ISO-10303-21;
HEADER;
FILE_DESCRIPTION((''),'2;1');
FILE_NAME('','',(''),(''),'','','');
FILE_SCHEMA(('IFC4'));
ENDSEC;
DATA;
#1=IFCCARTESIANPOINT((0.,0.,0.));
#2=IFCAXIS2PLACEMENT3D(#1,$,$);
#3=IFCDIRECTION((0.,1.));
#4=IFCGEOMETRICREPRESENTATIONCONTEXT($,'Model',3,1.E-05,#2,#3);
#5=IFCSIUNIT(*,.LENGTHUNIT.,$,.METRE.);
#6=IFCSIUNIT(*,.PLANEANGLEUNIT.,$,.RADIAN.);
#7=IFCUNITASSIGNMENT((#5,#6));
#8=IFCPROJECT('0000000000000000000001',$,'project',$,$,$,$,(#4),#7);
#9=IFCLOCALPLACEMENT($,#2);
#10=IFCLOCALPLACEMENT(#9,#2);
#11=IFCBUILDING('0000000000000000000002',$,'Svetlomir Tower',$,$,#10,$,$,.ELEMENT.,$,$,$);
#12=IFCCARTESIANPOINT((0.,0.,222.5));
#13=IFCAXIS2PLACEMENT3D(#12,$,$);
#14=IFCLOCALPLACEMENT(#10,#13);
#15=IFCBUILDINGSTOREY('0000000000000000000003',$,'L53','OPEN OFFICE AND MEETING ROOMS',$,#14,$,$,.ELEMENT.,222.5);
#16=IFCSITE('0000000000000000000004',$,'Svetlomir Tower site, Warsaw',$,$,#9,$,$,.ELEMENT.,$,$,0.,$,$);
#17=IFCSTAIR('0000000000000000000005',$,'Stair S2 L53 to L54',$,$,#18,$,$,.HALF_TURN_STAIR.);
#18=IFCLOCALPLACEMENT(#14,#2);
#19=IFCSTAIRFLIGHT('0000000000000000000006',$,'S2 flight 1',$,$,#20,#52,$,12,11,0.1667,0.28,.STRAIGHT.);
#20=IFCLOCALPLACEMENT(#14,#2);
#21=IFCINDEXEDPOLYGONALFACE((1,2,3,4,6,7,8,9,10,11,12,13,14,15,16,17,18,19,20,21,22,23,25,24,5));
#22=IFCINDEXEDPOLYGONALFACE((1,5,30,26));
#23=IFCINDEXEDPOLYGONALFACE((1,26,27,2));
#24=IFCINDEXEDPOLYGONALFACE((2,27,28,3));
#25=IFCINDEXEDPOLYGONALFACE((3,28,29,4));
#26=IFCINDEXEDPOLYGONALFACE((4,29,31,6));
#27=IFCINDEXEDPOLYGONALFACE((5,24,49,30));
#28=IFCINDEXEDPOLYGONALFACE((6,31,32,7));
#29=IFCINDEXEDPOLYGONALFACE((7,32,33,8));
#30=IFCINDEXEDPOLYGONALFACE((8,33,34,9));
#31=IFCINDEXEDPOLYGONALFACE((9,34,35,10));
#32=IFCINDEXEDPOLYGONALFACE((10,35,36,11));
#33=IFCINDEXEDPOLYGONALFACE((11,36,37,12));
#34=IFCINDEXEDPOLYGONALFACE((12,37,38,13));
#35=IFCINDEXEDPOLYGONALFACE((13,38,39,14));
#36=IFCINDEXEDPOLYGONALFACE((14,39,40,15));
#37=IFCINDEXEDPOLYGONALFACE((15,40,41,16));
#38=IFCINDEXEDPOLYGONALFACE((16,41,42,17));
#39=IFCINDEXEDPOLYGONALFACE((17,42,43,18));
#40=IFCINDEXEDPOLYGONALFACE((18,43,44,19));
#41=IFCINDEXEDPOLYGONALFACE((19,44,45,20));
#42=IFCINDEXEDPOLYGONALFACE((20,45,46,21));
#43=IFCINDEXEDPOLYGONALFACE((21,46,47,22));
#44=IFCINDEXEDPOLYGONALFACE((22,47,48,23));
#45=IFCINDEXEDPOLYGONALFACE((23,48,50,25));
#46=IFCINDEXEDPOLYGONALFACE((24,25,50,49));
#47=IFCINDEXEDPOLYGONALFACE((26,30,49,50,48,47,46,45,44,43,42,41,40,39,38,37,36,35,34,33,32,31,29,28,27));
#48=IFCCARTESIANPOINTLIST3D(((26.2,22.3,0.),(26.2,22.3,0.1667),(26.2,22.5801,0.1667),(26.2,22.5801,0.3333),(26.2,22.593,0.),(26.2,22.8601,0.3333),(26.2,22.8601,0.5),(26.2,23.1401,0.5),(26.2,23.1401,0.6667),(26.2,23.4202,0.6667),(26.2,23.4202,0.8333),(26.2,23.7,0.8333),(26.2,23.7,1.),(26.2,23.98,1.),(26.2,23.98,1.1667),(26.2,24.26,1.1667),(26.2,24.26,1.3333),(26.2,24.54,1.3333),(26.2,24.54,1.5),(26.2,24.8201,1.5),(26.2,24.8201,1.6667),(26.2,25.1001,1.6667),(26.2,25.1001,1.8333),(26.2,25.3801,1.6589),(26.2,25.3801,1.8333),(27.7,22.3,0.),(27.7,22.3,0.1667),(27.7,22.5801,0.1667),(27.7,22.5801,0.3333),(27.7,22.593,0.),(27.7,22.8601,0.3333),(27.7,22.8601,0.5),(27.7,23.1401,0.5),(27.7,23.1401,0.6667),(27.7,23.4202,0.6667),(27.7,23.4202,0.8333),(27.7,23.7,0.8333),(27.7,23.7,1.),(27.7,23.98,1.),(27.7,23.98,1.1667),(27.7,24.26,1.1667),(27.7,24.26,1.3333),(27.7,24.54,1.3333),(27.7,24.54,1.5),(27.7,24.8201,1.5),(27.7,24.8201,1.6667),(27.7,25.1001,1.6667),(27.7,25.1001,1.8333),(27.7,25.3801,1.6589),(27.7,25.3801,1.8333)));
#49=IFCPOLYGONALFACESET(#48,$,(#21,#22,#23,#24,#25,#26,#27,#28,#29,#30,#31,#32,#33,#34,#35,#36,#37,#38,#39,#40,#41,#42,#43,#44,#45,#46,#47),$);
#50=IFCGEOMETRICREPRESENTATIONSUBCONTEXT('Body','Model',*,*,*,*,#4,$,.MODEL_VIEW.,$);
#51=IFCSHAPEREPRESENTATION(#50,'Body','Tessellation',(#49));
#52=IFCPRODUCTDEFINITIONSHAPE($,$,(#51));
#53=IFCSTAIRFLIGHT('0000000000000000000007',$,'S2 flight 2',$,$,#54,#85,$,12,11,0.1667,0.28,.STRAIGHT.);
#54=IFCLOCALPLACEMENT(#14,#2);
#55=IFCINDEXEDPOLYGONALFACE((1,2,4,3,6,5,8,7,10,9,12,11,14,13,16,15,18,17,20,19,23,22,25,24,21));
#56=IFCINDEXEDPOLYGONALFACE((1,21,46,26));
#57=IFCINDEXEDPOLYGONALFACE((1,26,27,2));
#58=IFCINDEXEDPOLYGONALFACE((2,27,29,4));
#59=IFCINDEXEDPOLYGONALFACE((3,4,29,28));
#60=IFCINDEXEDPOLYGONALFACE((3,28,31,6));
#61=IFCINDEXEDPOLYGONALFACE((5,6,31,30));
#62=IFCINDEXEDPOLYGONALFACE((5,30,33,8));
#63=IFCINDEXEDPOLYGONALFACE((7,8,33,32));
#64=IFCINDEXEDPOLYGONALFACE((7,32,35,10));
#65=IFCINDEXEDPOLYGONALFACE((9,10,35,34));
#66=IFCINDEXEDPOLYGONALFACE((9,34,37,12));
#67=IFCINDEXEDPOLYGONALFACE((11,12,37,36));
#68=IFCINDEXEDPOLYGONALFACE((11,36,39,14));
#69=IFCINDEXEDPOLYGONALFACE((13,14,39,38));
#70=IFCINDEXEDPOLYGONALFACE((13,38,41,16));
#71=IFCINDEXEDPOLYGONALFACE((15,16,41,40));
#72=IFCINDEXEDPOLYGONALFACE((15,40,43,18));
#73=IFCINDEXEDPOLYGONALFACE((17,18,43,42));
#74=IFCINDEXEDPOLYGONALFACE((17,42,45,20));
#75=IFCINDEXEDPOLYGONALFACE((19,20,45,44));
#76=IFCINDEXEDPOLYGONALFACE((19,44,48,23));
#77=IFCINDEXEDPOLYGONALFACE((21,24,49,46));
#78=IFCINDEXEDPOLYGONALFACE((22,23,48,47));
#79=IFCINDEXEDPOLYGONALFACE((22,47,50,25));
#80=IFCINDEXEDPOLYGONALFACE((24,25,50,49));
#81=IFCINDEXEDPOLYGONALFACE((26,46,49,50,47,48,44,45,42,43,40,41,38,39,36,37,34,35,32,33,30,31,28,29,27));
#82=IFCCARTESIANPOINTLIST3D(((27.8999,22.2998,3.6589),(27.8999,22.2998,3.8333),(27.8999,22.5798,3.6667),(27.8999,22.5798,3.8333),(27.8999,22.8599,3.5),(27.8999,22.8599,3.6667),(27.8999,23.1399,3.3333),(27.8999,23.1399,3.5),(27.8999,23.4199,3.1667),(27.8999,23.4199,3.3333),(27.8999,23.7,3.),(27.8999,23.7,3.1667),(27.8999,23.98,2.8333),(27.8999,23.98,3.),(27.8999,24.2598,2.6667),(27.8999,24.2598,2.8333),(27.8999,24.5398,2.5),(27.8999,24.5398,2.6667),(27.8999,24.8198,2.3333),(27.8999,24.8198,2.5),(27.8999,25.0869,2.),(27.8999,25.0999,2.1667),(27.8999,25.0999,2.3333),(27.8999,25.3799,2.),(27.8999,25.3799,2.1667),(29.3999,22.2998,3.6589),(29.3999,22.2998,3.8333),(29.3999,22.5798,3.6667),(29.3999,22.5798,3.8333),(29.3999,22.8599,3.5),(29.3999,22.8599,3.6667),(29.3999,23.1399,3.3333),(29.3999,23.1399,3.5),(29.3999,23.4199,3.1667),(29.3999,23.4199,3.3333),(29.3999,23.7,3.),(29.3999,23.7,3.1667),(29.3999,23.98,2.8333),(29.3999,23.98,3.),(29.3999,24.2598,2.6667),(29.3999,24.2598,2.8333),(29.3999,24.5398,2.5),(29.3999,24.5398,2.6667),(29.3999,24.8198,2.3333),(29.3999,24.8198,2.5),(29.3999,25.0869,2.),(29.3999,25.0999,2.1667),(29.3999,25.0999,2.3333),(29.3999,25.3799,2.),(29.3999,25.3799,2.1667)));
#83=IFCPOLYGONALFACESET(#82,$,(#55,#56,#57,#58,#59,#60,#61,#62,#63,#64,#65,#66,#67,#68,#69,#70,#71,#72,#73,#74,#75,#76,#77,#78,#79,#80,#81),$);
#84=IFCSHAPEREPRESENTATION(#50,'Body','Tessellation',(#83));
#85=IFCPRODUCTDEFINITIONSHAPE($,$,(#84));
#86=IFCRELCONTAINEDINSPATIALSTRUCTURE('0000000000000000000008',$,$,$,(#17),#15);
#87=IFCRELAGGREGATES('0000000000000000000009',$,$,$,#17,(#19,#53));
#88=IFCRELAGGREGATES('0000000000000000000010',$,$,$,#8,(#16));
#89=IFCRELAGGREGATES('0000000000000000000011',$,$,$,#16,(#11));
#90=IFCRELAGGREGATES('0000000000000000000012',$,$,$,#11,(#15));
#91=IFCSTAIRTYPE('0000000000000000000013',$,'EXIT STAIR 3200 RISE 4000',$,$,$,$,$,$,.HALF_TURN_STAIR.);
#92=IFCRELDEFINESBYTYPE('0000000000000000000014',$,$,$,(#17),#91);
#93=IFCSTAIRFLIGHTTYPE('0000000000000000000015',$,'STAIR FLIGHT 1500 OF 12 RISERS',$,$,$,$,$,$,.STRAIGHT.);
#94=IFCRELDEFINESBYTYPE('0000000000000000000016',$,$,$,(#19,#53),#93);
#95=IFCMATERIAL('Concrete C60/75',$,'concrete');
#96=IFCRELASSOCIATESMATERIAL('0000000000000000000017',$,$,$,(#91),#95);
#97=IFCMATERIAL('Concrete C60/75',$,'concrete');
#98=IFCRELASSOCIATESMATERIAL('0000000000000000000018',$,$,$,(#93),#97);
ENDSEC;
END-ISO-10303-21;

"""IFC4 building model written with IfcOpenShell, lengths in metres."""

from ifc_helpers import new_model, si_unit, direction, frame, origin, place, context, subcontext, project, spatial, polyline, outline, extrude, material, type_object, element, aggregate, save


model = new_model("IFC4")

# Units and contexts
model_context = context("Model", 3, precision=1e-05, world=origin(), true_north=direction((0.0, 1.0)))
body_context = subcontext(model_context, "Body", "Model", "MODEL_VIEW")
ifc_project = project(units=[si_unit("LENGTHUNIT", "METRE"), si_unit("PLANEANGLEUNIT", "RADIAN")], contexts=[model_context])

# Site, building, storey
site_placement = place(None, origin())
site = spatial("IfcSite", under=ifc_project, at=site_placement, Name="Svetlomir Tower site, Warsaw", CompositionType="ELEMENT", RefElevation=0.0)
building_placement = place(site_placement, origin())
building = spatial("IfcBuilding", under=site, at=building_placement, Name="Svetlomir Tower", CompositionType="ELEMENT")
storey_placement = place(building_placement, frame((0.0, 0.0, 222.5)))
storey = spatial("IfcBuildingStorey", under=building, at=storey_placement, Name="L53", Description="OPEN OFFICE AND MEETING ROOMS", CompositionType="ELEMENT", Elevation=222.5)

# Stair, stair flights
ifc_material_1 = material(Name="Concrete C60/75", Category="concrete")
stair_type = type_object("IfcStairType", Name="EXIT STAIR 3200 RISE 4000", PredefinedType="HALF_TURN_STAIR", material=ifc_material_1)
stair_placement = place(storey_placement, origin())
stair = element("IfcStair", 1, at=stair_placement, inside=storey, type_object=stair_type, Name="Stair S2 L53 to L54", PredefinedType="HALF_TURN_STAIR")
ifc_material_2 = material(Name="Concrete C60/75", Category="concrete")
stair_flight_type = type_object("IfcStairFlightType", Name="STAIR FLIGHT 1500 OF 12 RISERS", PredefinedType="STRAIGHT", material=ifc_material_2)
stair_flight_1_placement = place(storey_placement, frame((26.95, 22.3, 0.0), z_axis=(0.0, 0.0, 1.0), x_axis=(0.0, 1.0, 0.0)))
stair_flight_1 = element("IfcStairFlight", 2, at=stair_flight_1_placement, type_object=stair_flight_type, Name="S2 flight 1", NumberOfRisers=12, NumberOfTreads=11, PredefinedType="STRAIGHT", RiserHeight=0.1667, TreadLength=0.28, context=body_context, shape_type="SweptSolid", body=[
    extrude(outline(polyline([(0.0, 0.0), (0.0, 0.1667), (0.28, 0.1667), (0.28, 0.3333), (0.5601, 0.3333), (0.5601, 0.5), (0.8401, 0.5), (0.8401, 0.6667), (1.1201, 0.6667), (1.1201, 0.8333), (1.3999, 0.8333), (1.3999, 1.0), (1.6799, 1.0), (1.6799, 1.1667), (1.96, 1.1667), (1.96, 1.3333), (2.24, 1.3333), (2.24, 1.5), (2.52, 1.5), (2.52, 1.6667), (2.8, 1.6667), (2.8, 1.8333), (3.0801, 1.8333), (3.0801, 2.0), (3.0801, 1.6589), (0.293, 0.0), (0.0, 0.0)])), frame((0.0, 0.75, 0.0), z_axis=(0.0, -1.0, 0.0), x_axis=(1.0, 0.0, 0.0)), (0.0, 0.0, 1.0), 1.5),
])
stair_flight_2_placement = place(storey_placement, frame((28.6499, 25.3799, 2.0), z_axis=(0.0, 0.0, 1.0), x_axis=(0.0, -1.0, 0.0)))
stair_flight_2 = element("IfcStairFlight", 3, at=stair_flight_2_placement, type_object=stair_flight_type, Name="S2 flight 2", NumberOfRisers=12, NumberOfTreads=11, PredefinedType="STRAIGHT", RiserHeight=0.1667, TreadLength=0.28, context=body_context, shape_type="SweptSolid", body=[
    extrude(outline(polyline([(0.0, 0.0), (0.0, 0.1667), (0.28, 0.1667), (0.28, 0.3333), (0.5601, 0.3333), (0.5601, 0.5), (0.8401, 0.5), (0.8401, 0.6667), (1.1201, 0.6667), (1.1201, 0.8333), (1.3999, 0.8333), (1.3999, 1.0), (1.6799, 1.0), (1.6799, 1.1667), (1.96, 1.1667), (1.96, 1.3333), (2.24, 1.3333), (2.24, 1.5), (2.52, 1.5), (2.52, 1.6667), (2.8, 1.6667), (2.8, 1.8333), (3.0801, 1.8333), (3.0801, 2.0), (3.0801, 1.6589), (0.293, 0.0), (0.0, 0.0)])), frame((0.0, 0.75, 0.0), z_axis=(0.0, -1.0, 0.0), x_axis=(1.0, 0.0, 0.0)), (0.0, 0.0, 1.0), 1.5),
])
aggregate(stair, [stair_flight_1, stair_flight_2])

save(model, "model.ifc")
